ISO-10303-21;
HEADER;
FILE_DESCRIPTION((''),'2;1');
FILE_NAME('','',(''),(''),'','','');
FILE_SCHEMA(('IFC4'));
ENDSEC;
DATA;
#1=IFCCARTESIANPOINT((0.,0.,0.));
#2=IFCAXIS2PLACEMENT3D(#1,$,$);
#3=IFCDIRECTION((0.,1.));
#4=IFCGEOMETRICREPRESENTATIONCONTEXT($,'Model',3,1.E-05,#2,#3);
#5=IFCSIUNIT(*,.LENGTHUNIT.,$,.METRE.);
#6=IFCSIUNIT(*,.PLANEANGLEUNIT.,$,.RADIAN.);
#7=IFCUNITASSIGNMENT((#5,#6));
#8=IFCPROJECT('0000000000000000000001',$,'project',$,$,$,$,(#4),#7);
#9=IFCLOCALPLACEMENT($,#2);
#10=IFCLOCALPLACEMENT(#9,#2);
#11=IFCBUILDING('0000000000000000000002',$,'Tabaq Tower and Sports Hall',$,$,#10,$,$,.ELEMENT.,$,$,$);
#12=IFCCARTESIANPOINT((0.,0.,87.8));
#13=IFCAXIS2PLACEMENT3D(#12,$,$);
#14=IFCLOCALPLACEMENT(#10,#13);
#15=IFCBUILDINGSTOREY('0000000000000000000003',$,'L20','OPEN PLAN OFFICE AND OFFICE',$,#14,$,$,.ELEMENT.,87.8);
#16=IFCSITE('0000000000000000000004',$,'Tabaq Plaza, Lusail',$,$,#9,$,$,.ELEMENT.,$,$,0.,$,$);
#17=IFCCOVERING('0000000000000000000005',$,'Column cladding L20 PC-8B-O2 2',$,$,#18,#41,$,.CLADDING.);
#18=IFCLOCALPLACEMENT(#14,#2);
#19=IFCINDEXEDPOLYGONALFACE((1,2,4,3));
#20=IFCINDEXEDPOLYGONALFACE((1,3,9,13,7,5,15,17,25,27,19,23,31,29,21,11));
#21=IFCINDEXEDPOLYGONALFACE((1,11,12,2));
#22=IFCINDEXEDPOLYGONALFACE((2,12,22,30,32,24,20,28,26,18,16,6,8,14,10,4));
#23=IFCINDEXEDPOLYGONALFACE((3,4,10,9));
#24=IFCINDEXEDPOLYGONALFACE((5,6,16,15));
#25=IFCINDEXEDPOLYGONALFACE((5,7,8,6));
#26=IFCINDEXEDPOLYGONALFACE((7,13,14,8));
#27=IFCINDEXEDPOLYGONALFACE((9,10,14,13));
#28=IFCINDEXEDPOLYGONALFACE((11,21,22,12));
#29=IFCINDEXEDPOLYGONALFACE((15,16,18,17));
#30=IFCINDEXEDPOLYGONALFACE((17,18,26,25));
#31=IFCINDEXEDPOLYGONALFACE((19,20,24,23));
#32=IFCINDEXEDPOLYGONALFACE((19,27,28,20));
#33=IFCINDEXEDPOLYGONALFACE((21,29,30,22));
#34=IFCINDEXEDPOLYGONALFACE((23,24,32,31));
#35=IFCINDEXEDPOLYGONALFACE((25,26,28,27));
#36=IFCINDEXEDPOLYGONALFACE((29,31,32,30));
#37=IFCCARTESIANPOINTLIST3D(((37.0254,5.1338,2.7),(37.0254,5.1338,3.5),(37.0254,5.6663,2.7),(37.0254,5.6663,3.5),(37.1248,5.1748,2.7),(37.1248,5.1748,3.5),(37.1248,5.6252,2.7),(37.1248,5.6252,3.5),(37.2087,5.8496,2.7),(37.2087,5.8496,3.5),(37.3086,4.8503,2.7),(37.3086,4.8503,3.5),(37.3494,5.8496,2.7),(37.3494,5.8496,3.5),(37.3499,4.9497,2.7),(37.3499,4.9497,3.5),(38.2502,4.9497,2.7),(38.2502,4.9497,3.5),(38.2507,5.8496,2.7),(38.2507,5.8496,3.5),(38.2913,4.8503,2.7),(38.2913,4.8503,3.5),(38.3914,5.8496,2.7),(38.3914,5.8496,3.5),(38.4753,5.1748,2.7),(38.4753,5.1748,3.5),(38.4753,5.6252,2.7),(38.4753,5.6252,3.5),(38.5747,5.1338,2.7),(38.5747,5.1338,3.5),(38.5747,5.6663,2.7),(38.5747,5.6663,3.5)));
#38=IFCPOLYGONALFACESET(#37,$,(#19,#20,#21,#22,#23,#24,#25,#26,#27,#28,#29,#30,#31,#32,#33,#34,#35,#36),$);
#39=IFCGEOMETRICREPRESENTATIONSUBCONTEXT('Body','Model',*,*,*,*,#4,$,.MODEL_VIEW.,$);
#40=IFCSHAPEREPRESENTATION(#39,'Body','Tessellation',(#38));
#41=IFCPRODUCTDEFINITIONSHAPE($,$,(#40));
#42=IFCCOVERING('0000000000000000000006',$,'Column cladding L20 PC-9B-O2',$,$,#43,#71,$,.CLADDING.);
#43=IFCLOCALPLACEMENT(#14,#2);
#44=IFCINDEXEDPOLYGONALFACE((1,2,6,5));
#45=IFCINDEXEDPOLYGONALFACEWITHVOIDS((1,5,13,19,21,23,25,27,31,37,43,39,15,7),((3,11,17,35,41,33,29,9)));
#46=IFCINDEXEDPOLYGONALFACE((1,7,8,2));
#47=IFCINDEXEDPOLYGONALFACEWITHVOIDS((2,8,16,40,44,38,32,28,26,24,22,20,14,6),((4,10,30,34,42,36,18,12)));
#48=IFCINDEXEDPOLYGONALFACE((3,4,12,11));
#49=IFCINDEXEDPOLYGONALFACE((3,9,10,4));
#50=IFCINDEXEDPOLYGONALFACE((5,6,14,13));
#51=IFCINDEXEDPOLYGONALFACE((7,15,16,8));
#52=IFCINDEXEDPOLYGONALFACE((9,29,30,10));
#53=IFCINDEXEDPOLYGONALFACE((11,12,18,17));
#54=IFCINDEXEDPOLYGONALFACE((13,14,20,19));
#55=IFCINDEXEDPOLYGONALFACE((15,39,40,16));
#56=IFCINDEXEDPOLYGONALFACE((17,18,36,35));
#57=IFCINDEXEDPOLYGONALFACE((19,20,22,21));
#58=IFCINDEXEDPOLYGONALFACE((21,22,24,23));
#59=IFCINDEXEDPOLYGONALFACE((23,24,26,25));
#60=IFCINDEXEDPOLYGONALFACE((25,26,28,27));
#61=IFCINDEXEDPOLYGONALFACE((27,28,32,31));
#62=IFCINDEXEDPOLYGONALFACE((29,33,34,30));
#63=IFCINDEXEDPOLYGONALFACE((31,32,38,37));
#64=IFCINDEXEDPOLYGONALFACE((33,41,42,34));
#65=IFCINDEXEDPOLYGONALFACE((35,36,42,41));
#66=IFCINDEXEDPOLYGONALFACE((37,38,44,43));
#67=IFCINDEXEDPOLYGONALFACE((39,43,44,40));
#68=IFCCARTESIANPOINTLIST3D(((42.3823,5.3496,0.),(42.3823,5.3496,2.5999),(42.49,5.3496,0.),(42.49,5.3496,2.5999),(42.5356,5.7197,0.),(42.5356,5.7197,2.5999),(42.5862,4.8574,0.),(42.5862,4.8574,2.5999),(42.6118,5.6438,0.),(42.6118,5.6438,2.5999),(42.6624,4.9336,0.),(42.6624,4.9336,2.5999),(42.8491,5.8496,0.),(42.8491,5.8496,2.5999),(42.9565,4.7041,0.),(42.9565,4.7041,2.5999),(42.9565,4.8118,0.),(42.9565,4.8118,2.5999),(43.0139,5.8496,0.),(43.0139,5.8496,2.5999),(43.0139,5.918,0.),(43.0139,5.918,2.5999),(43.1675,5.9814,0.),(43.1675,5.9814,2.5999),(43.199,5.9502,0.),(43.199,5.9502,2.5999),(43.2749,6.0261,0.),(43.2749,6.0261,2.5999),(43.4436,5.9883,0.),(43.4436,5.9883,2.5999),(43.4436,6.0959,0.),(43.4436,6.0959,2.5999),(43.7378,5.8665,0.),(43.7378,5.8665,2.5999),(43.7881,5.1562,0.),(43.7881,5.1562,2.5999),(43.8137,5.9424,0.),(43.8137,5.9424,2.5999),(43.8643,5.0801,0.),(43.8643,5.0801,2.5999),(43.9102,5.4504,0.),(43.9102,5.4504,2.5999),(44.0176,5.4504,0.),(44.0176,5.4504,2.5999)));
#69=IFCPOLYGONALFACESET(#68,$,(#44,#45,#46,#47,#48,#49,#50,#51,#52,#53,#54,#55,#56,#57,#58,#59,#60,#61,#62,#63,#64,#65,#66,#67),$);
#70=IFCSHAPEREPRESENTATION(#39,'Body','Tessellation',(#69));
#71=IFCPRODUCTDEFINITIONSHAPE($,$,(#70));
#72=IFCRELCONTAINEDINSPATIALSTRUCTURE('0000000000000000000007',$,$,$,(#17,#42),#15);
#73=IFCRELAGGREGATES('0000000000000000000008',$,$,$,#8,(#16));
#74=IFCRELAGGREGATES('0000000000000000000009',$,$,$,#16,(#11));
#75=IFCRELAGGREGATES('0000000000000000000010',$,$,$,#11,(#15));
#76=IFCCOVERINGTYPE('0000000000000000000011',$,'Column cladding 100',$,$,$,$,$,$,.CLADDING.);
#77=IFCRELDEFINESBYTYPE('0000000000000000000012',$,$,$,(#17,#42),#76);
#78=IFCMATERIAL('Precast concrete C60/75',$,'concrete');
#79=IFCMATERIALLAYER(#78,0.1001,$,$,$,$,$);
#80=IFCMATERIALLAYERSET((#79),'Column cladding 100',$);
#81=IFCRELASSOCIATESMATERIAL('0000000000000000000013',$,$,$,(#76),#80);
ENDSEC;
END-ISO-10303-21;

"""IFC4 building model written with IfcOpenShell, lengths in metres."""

from ifc_helpers import new_model, si_unit, direction, frame, origin, place, context, subcontext, project, spatial, polyline, outline, extrude, material, layer, layer_set, type_object, element, save


model = new_model("IFC4")

# Units and contexts
model_context = context("Model", 3, precision=1e-05, world=origin(), true_north=direction((0.0, 1.0)))
body_context = subcontext(model_context, "Body", "Model", "MODEL_VIEW")
ifc_project = project(units=[si_unit("LENGTHUNIT", "METRE"), si_unit("PLANEANGLEUNIT", "RADIAN")], contexts=[model_context])

# Site, building, storey
site_placement = place(None, origin())
site = spatial("IfcSite", under=ifc_project, at=site_placement, Name="Tabaq Plaza, Lusail", CompositionType="ELEMENT", RefElevation=0.0)
building_placement = place(site_placement, origin())
building = spatial("IfcBuilding", under=site, at=building_placement, Name="Tabaq Tower and Sports Hall", CompositionType="ELEMENT")
storey_placement = place(building_placement, frame((0.0, 0.0, 87.8)))
storey = spatial("IfcBuildingStorey", under=building, at=storey_placement, Name="L20", Description="OPEN PLAN OFFICE AND OFFICE", CompositionType="ELEMENT", Elevation=87.8)

# Coverings
ifc_material_1 = material(Name="Precast concrete C60/75", Category="concrete")
ifc_layer_1 = layer(ifc_material_1, 0.1001)
ifc_layer_set_1 = layer_set([ifc_layer_1], Name="Column cladding 100")
covering_type = type_object("IfcCoveringType", Name="Column cladding 100", PredefinedType="CLADDING", material=ifc_layer_set_1)
covering_1_placement = place(storey_placement, frame((0.0, 0.0, 2.7)))
element("IfcCovering", 1, at=covering_1_placement, inside=storey, type_object=covering_type, Name="Column cladding L20 PC-8B-O2 2", PredefinedType="CLADDING", context=body_context, shape_type="SweptSolid", body=[
    extrude(outline(polyline([(37.0254, 5.6663), (37.2087, 5.8496), (37.3494, 5.8496), (37.1248, 5.6252), (37.1248, 5.1748), (37.3499, 4.9497), (38.2502, 4.9497), (38.4753, 5.1748), (38.4753, 5.6252), (38.2507, 5.8496), (38.3914, 5.8496), (38.5747, 5.6663), (38.5747, 5.1338), (38.2913, 4.8503), (37.3086, 4.8503), (37.0254, 5.1338), (37.0254, 5.6663)])), origin(), (0.0, 0.0, 1.0), 0.8),
])
covering_2_placement = place(storey_placement, origin())
element("IfcCovering", 2, at=covering_2_placement, inside=storey, type_object=covering_type, Name="Column cladding L20 PC-9B-O2", PredefinedType="CLADDING", context=body_context, shape_type="SweptSolid", body=[
    extrude(outline(polyline([(42.3823, 5.3496), (42.5356, 5.7197), (42.8491, 5.8496), (43.0139, 5.8496), (43.0139, 5.918), (43.1675, 5.9814), (43.199, 5.9502), (43.2749, 6.0261), (43.4436, 6.0959), (43.8137, 5.9424), (44.0176, 5.4504), (43.8643, 5.0801), (42.9565, 4.7041), (42.5862, 4.8574), (42.3823, 5.3496)]), holes=[polyline([(43.9102, 5.4504), (43.7378, 5.8665), (43.4436, 5.9883), (42.6118, 5.6438), (42.49, 5.3496), (42.6624, 4.9336), (42.9565, 4.8118), (43.7881, 5.1562), (43.9102, 5.4504)])]), origin(), (0.0, 0.0, 1.0), 2.5999),
])

save(model, "model.ifc")
